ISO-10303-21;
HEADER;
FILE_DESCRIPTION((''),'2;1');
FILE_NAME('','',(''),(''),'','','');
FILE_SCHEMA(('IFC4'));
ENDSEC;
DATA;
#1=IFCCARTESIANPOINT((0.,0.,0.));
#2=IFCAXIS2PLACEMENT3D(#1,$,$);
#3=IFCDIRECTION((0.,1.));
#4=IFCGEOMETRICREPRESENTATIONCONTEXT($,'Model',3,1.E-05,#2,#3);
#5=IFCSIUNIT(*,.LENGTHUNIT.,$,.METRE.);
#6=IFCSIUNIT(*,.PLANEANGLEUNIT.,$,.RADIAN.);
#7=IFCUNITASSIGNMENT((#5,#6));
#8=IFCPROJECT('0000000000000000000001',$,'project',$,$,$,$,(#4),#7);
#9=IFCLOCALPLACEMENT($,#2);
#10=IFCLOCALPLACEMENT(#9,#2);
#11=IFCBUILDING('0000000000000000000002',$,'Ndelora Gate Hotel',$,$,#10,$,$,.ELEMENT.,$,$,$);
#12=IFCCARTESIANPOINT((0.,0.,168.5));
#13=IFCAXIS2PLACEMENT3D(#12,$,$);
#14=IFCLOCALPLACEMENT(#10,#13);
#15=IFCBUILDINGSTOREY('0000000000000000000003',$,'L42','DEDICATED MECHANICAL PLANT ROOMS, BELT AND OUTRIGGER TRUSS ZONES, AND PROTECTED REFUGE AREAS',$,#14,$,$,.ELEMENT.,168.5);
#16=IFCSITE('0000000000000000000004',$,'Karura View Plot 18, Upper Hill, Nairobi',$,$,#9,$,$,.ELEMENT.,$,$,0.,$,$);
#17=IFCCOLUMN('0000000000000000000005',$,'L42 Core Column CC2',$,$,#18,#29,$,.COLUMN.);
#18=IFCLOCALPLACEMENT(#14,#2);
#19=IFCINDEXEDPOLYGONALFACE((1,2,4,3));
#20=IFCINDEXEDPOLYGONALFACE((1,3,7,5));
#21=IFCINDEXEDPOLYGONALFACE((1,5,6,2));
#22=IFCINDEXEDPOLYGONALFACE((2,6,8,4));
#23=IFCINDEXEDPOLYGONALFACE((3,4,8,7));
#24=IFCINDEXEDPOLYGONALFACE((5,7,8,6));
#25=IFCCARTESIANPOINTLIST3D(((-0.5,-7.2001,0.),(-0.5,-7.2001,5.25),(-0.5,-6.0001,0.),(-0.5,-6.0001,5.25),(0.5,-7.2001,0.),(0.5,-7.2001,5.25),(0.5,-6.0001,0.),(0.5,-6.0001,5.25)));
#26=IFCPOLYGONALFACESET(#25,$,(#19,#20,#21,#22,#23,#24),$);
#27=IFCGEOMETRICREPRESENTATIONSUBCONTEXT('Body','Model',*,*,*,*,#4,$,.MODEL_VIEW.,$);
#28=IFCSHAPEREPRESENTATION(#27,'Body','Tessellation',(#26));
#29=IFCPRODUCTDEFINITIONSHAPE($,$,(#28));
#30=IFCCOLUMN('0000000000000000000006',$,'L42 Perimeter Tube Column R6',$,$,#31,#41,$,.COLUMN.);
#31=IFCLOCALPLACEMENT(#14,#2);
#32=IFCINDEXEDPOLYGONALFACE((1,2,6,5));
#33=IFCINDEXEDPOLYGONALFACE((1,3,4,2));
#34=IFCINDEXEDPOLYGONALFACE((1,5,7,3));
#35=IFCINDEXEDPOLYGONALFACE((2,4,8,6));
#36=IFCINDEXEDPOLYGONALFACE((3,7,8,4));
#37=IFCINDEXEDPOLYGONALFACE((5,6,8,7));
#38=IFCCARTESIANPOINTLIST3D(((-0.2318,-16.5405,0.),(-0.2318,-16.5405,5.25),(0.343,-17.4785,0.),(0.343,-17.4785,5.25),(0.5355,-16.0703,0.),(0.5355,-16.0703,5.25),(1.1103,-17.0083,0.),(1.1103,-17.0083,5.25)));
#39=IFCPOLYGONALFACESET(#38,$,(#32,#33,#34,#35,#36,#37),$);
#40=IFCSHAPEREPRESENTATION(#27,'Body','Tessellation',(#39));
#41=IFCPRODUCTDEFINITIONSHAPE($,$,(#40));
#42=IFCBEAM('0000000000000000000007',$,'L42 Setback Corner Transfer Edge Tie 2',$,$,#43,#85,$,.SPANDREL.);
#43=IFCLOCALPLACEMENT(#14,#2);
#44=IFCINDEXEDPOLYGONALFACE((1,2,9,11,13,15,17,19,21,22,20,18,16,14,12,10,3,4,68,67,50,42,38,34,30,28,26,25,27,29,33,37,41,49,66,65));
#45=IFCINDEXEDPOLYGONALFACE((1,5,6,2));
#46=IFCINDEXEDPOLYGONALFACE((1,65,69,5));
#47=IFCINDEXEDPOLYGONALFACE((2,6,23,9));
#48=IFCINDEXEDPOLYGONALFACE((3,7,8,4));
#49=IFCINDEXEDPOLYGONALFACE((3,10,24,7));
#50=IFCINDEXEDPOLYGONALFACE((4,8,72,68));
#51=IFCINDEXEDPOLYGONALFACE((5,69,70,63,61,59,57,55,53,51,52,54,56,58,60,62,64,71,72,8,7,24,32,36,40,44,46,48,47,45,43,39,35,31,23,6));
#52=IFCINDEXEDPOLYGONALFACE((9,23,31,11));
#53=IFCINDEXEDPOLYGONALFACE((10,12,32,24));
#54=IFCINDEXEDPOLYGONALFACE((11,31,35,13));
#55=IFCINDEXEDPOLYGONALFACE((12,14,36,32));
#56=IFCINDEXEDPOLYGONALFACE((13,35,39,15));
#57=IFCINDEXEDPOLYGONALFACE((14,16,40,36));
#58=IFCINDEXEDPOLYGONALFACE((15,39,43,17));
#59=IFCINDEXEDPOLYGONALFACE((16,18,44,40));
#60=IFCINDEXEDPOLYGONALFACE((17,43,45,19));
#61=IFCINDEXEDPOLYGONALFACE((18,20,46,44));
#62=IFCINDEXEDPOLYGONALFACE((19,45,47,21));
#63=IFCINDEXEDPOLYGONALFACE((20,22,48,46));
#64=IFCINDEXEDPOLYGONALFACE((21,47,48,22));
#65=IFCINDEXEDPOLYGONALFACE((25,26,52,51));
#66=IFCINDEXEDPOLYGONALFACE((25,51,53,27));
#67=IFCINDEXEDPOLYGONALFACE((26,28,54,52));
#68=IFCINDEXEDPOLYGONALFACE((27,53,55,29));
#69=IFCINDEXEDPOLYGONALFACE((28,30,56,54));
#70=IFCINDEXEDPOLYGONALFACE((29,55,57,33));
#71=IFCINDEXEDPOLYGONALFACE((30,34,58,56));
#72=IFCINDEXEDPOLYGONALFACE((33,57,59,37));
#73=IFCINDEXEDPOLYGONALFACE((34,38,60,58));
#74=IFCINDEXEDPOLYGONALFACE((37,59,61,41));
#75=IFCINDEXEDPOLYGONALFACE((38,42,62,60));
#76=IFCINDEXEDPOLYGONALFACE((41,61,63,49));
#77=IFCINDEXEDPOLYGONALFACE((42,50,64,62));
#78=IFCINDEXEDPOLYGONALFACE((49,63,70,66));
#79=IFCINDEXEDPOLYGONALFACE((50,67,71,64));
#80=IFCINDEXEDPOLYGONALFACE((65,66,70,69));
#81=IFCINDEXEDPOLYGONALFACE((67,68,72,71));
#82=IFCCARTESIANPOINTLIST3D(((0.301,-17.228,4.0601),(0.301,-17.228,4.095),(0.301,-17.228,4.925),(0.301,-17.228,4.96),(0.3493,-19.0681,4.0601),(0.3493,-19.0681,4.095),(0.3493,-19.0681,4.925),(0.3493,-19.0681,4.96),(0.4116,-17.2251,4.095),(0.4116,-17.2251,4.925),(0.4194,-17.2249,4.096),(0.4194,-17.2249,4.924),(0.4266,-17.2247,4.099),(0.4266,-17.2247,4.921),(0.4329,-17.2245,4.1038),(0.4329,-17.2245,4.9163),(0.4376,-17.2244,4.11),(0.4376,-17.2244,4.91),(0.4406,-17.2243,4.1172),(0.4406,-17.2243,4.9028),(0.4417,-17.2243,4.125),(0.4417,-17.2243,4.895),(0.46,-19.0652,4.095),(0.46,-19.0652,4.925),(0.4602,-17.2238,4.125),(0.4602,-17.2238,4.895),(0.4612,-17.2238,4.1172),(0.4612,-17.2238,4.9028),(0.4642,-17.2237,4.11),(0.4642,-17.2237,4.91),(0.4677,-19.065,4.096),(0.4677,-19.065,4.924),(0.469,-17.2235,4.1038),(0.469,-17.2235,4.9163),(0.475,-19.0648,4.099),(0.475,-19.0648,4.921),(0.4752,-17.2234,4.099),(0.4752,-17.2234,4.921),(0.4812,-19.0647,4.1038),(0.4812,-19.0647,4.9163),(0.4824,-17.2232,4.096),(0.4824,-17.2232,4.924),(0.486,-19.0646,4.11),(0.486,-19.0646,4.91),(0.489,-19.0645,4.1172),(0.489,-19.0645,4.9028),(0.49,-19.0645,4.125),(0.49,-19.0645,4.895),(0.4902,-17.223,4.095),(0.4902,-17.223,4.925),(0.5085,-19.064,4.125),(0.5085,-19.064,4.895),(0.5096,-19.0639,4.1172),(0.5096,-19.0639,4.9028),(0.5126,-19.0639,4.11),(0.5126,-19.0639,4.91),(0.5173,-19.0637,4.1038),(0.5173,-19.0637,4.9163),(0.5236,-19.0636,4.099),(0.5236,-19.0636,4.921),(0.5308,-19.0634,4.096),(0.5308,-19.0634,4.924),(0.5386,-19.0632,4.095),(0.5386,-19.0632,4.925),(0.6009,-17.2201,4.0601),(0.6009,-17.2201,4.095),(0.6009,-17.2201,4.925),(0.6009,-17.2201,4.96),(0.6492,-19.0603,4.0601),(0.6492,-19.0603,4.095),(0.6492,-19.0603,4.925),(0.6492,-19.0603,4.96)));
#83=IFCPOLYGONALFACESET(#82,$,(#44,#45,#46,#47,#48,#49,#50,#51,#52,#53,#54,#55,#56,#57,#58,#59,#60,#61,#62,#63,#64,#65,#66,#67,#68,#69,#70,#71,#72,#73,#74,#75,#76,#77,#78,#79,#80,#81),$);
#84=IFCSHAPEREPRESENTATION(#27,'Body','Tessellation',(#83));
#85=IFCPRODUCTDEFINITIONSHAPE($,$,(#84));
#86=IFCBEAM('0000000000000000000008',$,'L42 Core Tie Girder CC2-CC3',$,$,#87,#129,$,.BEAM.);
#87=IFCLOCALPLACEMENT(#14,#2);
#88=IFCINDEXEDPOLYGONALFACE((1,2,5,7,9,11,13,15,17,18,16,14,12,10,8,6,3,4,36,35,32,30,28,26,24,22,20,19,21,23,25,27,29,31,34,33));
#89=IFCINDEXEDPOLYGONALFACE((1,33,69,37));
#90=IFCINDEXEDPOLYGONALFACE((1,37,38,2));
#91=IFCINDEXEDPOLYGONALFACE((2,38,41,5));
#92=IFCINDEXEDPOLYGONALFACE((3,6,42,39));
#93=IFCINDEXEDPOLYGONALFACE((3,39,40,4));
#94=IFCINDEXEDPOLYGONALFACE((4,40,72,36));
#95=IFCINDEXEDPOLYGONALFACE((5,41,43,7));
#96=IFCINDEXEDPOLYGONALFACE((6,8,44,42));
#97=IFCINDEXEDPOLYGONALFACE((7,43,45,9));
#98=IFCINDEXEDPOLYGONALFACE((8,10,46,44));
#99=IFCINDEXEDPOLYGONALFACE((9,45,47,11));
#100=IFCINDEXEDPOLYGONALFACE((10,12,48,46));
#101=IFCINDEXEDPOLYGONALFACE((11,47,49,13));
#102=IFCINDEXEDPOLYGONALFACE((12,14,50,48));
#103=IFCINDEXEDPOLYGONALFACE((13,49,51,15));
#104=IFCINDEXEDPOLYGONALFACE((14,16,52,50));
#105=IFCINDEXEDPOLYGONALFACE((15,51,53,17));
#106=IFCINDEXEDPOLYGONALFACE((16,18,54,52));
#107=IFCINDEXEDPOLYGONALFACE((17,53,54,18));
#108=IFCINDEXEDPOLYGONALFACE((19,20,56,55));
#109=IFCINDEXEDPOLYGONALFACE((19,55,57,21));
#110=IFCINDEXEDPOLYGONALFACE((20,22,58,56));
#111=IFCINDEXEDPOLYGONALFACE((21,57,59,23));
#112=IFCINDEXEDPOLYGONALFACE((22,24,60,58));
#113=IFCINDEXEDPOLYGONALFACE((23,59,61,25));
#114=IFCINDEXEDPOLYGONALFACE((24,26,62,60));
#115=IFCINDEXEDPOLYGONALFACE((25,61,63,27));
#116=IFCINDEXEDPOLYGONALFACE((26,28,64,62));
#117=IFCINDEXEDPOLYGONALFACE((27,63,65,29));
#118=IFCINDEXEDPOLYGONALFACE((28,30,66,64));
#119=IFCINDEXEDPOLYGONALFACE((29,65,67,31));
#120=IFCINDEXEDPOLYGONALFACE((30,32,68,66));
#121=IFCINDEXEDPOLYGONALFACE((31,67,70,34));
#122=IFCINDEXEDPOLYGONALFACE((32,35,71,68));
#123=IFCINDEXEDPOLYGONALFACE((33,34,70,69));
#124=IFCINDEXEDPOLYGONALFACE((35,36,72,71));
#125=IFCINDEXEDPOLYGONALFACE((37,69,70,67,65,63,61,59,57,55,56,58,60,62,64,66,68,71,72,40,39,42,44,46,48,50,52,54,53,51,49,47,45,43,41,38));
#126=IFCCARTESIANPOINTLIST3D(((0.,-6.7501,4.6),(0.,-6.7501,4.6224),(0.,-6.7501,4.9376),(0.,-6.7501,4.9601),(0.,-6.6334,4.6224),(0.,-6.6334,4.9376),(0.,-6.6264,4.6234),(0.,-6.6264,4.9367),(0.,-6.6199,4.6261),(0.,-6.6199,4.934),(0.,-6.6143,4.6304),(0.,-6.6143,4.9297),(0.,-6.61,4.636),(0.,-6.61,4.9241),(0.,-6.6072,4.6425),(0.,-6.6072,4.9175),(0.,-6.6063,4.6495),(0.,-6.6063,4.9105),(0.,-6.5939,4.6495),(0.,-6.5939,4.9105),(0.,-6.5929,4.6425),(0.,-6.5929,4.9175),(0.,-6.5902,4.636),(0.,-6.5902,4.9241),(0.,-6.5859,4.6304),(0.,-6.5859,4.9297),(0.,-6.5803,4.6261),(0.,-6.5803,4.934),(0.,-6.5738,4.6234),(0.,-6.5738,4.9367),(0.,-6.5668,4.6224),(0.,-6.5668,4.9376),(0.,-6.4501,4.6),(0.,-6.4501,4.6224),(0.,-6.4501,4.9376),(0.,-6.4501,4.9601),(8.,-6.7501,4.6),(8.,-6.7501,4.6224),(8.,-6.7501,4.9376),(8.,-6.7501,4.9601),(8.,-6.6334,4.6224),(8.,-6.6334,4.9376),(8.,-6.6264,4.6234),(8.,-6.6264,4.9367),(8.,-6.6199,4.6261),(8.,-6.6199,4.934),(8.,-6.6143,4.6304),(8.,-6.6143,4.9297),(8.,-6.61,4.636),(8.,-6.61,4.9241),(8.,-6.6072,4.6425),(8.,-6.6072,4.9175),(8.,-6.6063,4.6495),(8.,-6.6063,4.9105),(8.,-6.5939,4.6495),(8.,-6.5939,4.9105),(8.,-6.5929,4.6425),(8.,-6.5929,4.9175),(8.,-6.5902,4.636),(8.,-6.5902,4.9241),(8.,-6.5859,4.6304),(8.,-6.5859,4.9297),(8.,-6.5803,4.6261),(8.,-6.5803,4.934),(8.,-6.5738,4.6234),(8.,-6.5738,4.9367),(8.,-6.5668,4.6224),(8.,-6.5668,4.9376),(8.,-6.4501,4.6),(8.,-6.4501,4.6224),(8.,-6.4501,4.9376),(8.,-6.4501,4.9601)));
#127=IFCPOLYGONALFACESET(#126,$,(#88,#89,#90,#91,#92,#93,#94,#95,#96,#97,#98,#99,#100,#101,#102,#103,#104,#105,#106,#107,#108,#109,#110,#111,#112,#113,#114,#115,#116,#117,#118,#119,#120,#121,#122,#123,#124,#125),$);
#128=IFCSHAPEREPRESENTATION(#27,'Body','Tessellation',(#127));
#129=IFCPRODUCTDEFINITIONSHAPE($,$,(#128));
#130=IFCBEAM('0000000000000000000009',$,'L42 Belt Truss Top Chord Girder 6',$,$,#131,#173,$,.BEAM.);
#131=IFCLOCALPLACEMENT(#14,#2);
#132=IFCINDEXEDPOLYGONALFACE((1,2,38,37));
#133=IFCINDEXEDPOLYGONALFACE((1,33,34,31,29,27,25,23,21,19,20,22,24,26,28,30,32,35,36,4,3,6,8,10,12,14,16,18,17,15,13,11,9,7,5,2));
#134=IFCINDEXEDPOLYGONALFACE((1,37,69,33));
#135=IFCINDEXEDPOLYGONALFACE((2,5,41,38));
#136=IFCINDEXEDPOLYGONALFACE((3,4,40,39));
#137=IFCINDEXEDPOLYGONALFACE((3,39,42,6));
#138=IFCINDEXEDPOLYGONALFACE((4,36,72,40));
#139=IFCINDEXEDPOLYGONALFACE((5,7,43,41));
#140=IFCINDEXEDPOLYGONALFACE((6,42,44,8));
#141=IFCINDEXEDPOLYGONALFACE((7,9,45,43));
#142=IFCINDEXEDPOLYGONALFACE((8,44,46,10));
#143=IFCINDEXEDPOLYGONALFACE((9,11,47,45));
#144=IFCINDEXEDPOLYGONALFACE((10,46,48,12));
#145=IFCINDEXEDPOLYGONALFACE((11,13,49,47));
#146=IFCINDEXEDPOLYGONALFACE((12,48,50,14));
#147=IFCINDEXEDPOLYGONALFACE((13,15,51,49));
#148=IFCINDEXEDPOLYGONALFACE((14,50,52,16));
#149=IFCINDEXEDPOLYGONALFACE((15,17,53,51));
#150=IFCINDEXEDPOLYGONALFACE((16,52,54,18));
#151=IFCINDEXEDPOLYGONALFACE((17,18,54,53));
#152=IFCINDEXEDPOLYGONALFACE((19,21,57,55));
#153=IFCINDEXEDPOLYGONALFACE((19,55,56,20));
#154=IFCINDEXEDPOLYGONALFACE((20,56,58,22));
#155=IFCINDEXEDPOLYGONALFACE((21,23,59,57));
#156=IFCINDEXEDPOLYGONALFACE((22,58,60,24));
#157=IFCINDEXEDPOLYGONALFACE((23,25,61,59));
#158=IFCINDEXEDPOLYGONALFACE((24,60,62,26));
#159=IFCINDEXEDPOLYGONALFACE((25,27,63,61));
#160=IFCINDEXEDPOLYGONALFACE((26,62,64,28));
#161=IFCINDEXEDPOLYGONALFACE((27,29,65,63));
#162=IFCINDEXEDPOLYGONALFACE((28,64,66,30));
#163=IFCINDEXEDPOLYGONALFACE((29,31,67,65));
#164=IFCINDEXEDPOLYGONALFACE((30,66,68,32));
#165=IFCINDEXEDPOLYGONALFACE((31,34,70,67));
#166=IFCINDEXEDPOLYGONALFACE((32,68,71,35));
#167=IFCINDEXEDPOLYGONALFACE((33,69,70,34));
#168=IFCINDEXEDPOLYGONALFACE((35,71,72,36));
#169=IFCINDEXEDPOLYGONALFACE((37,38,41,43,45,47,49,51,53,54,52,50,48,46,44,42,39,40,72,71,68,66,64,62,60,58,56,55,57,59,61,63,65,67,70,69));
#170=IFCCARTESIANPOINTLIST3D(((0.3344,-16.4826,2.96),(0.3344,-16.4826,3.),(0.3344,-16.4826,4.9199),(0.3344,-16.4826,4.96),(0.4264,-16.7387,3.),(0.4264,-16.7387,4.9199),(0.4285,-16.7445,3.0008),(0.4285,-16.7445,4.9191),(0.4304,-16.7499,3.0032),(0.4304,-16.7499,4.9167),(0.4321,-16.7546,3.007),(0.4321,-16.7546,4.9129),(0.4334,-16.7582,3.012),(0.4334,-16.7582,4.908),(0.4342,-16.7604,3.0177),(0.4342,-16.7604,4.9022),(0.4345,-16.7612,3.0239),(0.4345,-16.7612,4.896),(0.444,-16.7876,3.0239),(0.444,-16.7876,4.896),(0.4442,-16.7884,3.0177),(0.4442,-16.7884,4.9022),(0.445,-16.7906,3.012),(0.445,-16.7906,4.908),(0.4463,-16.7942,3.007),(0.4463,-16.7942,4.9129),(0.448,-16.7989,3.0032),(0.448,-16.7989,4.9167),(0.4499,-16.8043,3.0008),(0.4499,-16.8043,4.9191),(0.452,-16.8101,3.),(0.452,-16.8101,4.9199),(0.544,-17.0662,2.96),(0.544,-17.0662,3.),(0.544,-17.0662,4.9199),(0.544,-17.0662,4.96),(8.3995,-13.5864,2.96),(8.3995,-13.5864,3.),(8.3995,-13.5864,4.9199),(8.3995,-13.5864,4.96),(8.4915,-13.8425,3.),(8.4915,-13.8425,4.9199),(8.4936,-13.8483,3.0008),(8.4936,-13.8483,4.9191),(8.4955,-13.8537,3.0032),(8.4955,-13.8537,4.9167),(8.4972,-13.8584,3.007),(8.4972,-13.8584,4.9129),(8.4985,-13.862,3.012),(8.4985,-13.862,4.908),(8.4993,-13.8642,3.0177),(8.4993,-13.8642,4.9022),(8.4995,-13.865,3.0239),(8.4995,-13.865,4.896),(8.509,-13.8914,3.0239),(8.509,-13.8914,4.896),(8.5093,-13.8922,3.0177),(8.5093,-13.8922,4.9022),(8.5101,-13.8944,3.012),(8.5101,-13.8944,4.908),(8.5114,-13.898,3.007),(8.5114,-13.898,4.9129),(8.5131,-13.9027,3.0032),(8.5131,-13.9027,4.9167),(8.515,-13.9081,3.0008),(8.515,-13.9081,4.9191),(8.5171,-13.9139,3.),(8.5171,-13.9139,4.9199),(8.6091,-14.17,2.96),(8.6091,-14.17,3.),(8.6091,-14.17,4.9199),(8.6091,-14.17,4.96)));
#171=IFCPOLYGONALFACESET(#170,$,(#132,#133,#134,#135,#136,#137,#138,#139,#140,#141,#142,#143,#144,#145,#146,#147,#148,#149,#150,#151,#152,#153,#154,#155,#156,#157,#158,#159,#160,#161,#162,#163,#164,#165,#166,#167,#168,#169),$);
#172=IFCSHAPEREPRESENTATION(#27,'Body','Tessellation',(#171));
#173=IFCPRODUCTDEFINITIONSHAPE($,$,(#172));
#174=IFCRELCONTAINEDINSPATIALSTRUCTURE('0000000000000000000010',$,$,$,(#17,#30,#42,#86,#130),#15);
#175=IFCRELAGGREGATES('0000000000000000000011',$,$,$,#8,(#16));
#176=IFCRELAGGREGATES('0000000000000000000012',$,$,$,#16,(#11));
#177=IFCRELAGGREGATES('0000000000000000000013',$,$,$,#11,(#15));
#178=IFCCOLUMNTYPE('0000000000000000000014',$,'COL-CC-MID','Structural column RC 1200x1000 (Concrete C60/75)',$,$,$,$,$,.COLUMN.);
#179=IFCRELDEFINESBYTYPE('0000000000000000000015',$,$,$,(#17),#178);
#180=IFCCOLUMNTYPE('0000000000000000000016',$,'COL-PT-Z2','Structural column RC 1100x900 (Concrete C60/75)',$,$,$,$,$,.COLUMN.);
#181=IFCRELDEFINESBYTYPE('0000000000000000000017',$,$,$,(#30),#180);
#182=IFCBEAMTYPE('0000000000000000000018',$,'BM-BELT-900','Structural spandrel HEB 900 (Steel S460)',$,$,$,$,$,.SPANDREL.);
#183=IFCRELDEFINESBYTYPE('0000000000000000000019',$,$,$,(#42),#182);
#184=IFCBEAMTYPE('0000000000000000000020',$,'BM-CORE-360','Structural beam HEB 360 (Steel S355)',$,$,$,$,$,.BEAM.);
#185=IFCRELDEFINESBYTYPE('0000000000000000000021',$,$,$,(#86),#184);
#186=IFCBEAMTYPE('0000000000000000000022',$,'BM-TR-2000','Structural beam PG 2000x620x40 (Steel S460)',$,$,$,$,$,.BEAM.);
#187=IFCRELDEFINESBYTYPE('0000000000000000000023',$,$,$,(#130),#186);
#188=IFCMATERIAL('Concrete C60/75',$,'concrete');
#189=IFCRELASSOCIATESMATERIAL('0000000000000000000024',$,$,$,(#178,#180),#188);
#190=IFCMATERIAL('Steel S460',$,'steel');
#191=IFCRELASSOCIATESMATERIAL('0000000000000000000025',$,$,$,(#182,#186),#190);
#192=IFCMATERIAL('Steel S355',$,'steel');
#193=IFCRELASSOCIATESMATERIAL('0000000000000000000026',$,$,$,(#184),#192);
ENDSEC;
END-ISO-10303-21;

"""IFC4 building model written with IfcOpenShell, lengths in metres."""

from ifc_helpers import new_model, si_unit, direction, frame, origin, origin_2d, place, context, subcontext, project, spatial, rectangle, i_section, extrude, material, material_profile, profile_set, type_object, element, save


model = new_model("IFC4")

# Units and contexts
model_context = context("Model", 3, precision=1e-05, world=origin(), true_north=direction((0.0, 1.0)))
body_context = subcontext(model_context, "Body", "Model", "MODEL_VIEW")
ifc_project = project(units=[si_unit("LENGTHUNIT", "METRE"), si_unit("PLANEANGLEUNIT", "RADIAN")], contexts=[model_context])

# Site, building, storey
site_placement = place(None, origin())
site = spatial("IfcSite", under=ifc_project, at=site_placement, Name="Karura View Plot 18, Upper Hill, Nairobi", CompositionType="ELEMENT", RefElevation=0.0)
building_placement = place(site_placement, origin())
building = spatial("IfcBuilding", under=site, at=building_placement, Name="Ndelora Gate Hotel", CompositionType="ELEMENT")
storey_placement = place(building_placement, frame((0.0, 0.0, 168.5)))
storey = spatial("IfcBuildingStorey", under=building, at=storey_placement, Name="L42", Description="DEDICATED MECHANICAL PLANT ROOMS, BELT AND OUTRIGGER TRUSS ZONES, AND PROTECTED REFUGE AREAS", CompositionType="ELEMENT", Elevation=168.5)

# Columns
ifc_material_1 = material(Name="Concrete C60/75", Category="concrete")
ifc_material_profile_1 = material_profile(ifc_material_1, rectangle(XDim=1.0, YDim=1.2, at=origin_2d()), Name="RC 1200x1000")
ifc_profile_set_1 = profile_set([ifc_material_profile_1], Name="Concrete C60/75")
column_type_1 = type_object("IfcColumnType", Name="COL-CC-MID", Description="Structural column RC 1200x1000 (Concrete C60/75)", PredefinedType="COLUMN", material=ifc_profile_set_1)
column_1_placement = place(storey_placement, frame((0.0, -6.6001, 0.0), z_axis=(0.0, 0.0, 1.0), x_axis=(1.0, 0.0, 0.0)))
element("IfcColumn", 1, at=column_1_placement, inside=storey, type_object=column_type_1, Name="L42 Core Column CC2", PredefinedType="COLUMN", context=body_context, shape_type="SweptSolid", body=[
    extrude(rectangle(XDim=1.0, YDim=1.2, at=origin_2d()), origin(), (0.0, 0.0, 1.0), 5.25),
])
ifc_material_profile_2 = material_profile(ifc_material_1, rectangle(XDim=0.8999, YDim=1.1001, at=origin_2d()), Name="RC 1100x900")
ifc_profile_set_2 = profile_set([ifc_material_profile_2], Name="Concrete C60/75")
column_type_2 = type_object("IfcColumnType", Name="COL-PT-Z2", Description="Structural column RC 1100x900 (Concrete C60/75)", PredefinedType="COLUMN", material=ifc_profile_set_2)
column_2_placement = place(storey_placement, frame((0.4392, -16.7744, 0.0), z_axis=(0.0, 0.0, 1.0), x_axis=(0.85264, 0.522499, 0.0)))
element("IfcColumn", 2, at=column_2_placement, inside=storey, type_object=column_type_2, Name="L42 Perimeter Tube Column R6", PredefinedType="COLUMN", context=body_context, shape_type="SweptSolid", body=[
    extrude(rectangle(XDim=0.8999, YDim=1.1001, at=origin_2d()), origin(), (0.0, 0.0, 1.0), 5.25),
])

# Beams
ifc_material_2 = material(Name="Steel S460", Category="steel")
ifc_material_profile_3 = material_profile(ifc_material_2, i_section(OverallWidth=0.3, OverallDepth=0.8999, WebThickness=0.0186, FlangeThickness=0.0349, FilletRadius=0.03, at=origin_2d()), Name="HEB 900")
ifc_profile_set_3 = profile_set([ifc_material_profile_3], Name="Steel S460")
beam_type_1 = type_object("IfcBeamType", Name="BM-BELT-900", Description="Structural spandrel HEB 900 (Steel S460)", PredefinedType="SPANDREL", material=ifc_profile_set_3)
beam_1_placement = place(storey_placement, frame((0.4993, -19.0642, 4.51), z_axis=(-0.026261, 0.999655, 0.0), x_axis=(-0.999655, -0.026261, 0.0)))
element("IfcBeam", 3, at=beam_1_placement, inside=storey, type_object=beam_type_1, Name="L42 Setback Corner Transfer Edge Tie 2", PredefinedType="SPANDREL", context=body_context, shape_type="SweptSolid", body=[
    extrude(i_section(OverallWidth=0.3, OverallDepth=0.8999, WebThickness=0.0186, FlangeThickness=0.0349, FilletRadius=0.03, at=origin_2d()), origin(), (0.0, 0.0, 1.0), 1.8408),
])
ifc_material_3 = material(Name="Steel S355", Category="steel")
ifc_material_profile_4 = material_profile(ifc_material_3, i_section(OverallWidth=0.3, OverallDepth=0.3601, WebThickness=0.0125, FlangeThickness=0.0225, FilletRadius=0.0271, at=origin_2d()), Name="HEB 360")
ifc_profile_set_4 = profile_set([ifc_material_profile_4], Name="Steel S355")
beam_type_2 = type_object("IfcBeamType", Name="BM-CORE-360", Description="Structural beam HEB 360 (Steel S355)", PredefinedType="BEAM", material=ifc_profile_set_4)
beam_2_placement = place(storey_placement, frame((0.0, -6.6001, 4.78), z_axis=(1.0, 0.0, 0.0), x_axis=(0.0, 1.0, 0.0)))
element("IfcBeam", 4, at=beam_2_placement, inside=storey, type_object=beam_type_2, Name="L42 Core Tie Girder CC2-CC3", PredefinedType="BEAM", context=body_context, shape_type="SweptSolid", body=[
    extrude(i_section(OverallWidth=0.3, OverallDepth=0.3601, WebThickness=0.0125, FlangeThickness=0.0225, FilletRadius=0.0271, at=origin_2d()), origin(), (0.0, 0.0, 1.0), 8.0),
])
ifc_material_profile_5 = material_profile(ifc_material_2, i_section(OverallWidth=0.6201, OverallDepth=2.0, WebThickness=0.0281, FlangeThickness=0.04, FilletRadius=0.0239, at=origin_2d()), Name="PG 2000x620x40")
ifc_profile_set_5 = profile_set([ifc_material_profile_5], Name="Steel S460")
beam_type_3 = type_object("IfcBeamType", Name="BM-TR-2000", Description="Structural beam PG 2000x620x40 (Steel S460)", PredefinedType="BEAM", material=ifc_profile_set_5)
beam_3_placement = place(storey_placement, frame((0.4392, -16.7744, 3.96), z_axis=(0.941156, 0.337973, 0.0), x_axis=(-0.337973, 0.941156, 0.0)))
element("IfcBeam", 5, at=beam_3_placement, inside=storey, type_object=beam_type_3, Name="L42 Belt Truss Top Chord Girder 6", PredefinedType="BEAM", context=body_context, shape_type="SweptSolid", body=[
    extrude(i_section(OverallWidth=0.6201, OverallDepth=2.0, WebThickness=0.0281, FlangeThickness=0.04, FilletRadius=0.0239, at=origin_2d()), origin(), (0.0, 0.0, 1.0), 8.5693),
])

save(model, "model.ifc")
